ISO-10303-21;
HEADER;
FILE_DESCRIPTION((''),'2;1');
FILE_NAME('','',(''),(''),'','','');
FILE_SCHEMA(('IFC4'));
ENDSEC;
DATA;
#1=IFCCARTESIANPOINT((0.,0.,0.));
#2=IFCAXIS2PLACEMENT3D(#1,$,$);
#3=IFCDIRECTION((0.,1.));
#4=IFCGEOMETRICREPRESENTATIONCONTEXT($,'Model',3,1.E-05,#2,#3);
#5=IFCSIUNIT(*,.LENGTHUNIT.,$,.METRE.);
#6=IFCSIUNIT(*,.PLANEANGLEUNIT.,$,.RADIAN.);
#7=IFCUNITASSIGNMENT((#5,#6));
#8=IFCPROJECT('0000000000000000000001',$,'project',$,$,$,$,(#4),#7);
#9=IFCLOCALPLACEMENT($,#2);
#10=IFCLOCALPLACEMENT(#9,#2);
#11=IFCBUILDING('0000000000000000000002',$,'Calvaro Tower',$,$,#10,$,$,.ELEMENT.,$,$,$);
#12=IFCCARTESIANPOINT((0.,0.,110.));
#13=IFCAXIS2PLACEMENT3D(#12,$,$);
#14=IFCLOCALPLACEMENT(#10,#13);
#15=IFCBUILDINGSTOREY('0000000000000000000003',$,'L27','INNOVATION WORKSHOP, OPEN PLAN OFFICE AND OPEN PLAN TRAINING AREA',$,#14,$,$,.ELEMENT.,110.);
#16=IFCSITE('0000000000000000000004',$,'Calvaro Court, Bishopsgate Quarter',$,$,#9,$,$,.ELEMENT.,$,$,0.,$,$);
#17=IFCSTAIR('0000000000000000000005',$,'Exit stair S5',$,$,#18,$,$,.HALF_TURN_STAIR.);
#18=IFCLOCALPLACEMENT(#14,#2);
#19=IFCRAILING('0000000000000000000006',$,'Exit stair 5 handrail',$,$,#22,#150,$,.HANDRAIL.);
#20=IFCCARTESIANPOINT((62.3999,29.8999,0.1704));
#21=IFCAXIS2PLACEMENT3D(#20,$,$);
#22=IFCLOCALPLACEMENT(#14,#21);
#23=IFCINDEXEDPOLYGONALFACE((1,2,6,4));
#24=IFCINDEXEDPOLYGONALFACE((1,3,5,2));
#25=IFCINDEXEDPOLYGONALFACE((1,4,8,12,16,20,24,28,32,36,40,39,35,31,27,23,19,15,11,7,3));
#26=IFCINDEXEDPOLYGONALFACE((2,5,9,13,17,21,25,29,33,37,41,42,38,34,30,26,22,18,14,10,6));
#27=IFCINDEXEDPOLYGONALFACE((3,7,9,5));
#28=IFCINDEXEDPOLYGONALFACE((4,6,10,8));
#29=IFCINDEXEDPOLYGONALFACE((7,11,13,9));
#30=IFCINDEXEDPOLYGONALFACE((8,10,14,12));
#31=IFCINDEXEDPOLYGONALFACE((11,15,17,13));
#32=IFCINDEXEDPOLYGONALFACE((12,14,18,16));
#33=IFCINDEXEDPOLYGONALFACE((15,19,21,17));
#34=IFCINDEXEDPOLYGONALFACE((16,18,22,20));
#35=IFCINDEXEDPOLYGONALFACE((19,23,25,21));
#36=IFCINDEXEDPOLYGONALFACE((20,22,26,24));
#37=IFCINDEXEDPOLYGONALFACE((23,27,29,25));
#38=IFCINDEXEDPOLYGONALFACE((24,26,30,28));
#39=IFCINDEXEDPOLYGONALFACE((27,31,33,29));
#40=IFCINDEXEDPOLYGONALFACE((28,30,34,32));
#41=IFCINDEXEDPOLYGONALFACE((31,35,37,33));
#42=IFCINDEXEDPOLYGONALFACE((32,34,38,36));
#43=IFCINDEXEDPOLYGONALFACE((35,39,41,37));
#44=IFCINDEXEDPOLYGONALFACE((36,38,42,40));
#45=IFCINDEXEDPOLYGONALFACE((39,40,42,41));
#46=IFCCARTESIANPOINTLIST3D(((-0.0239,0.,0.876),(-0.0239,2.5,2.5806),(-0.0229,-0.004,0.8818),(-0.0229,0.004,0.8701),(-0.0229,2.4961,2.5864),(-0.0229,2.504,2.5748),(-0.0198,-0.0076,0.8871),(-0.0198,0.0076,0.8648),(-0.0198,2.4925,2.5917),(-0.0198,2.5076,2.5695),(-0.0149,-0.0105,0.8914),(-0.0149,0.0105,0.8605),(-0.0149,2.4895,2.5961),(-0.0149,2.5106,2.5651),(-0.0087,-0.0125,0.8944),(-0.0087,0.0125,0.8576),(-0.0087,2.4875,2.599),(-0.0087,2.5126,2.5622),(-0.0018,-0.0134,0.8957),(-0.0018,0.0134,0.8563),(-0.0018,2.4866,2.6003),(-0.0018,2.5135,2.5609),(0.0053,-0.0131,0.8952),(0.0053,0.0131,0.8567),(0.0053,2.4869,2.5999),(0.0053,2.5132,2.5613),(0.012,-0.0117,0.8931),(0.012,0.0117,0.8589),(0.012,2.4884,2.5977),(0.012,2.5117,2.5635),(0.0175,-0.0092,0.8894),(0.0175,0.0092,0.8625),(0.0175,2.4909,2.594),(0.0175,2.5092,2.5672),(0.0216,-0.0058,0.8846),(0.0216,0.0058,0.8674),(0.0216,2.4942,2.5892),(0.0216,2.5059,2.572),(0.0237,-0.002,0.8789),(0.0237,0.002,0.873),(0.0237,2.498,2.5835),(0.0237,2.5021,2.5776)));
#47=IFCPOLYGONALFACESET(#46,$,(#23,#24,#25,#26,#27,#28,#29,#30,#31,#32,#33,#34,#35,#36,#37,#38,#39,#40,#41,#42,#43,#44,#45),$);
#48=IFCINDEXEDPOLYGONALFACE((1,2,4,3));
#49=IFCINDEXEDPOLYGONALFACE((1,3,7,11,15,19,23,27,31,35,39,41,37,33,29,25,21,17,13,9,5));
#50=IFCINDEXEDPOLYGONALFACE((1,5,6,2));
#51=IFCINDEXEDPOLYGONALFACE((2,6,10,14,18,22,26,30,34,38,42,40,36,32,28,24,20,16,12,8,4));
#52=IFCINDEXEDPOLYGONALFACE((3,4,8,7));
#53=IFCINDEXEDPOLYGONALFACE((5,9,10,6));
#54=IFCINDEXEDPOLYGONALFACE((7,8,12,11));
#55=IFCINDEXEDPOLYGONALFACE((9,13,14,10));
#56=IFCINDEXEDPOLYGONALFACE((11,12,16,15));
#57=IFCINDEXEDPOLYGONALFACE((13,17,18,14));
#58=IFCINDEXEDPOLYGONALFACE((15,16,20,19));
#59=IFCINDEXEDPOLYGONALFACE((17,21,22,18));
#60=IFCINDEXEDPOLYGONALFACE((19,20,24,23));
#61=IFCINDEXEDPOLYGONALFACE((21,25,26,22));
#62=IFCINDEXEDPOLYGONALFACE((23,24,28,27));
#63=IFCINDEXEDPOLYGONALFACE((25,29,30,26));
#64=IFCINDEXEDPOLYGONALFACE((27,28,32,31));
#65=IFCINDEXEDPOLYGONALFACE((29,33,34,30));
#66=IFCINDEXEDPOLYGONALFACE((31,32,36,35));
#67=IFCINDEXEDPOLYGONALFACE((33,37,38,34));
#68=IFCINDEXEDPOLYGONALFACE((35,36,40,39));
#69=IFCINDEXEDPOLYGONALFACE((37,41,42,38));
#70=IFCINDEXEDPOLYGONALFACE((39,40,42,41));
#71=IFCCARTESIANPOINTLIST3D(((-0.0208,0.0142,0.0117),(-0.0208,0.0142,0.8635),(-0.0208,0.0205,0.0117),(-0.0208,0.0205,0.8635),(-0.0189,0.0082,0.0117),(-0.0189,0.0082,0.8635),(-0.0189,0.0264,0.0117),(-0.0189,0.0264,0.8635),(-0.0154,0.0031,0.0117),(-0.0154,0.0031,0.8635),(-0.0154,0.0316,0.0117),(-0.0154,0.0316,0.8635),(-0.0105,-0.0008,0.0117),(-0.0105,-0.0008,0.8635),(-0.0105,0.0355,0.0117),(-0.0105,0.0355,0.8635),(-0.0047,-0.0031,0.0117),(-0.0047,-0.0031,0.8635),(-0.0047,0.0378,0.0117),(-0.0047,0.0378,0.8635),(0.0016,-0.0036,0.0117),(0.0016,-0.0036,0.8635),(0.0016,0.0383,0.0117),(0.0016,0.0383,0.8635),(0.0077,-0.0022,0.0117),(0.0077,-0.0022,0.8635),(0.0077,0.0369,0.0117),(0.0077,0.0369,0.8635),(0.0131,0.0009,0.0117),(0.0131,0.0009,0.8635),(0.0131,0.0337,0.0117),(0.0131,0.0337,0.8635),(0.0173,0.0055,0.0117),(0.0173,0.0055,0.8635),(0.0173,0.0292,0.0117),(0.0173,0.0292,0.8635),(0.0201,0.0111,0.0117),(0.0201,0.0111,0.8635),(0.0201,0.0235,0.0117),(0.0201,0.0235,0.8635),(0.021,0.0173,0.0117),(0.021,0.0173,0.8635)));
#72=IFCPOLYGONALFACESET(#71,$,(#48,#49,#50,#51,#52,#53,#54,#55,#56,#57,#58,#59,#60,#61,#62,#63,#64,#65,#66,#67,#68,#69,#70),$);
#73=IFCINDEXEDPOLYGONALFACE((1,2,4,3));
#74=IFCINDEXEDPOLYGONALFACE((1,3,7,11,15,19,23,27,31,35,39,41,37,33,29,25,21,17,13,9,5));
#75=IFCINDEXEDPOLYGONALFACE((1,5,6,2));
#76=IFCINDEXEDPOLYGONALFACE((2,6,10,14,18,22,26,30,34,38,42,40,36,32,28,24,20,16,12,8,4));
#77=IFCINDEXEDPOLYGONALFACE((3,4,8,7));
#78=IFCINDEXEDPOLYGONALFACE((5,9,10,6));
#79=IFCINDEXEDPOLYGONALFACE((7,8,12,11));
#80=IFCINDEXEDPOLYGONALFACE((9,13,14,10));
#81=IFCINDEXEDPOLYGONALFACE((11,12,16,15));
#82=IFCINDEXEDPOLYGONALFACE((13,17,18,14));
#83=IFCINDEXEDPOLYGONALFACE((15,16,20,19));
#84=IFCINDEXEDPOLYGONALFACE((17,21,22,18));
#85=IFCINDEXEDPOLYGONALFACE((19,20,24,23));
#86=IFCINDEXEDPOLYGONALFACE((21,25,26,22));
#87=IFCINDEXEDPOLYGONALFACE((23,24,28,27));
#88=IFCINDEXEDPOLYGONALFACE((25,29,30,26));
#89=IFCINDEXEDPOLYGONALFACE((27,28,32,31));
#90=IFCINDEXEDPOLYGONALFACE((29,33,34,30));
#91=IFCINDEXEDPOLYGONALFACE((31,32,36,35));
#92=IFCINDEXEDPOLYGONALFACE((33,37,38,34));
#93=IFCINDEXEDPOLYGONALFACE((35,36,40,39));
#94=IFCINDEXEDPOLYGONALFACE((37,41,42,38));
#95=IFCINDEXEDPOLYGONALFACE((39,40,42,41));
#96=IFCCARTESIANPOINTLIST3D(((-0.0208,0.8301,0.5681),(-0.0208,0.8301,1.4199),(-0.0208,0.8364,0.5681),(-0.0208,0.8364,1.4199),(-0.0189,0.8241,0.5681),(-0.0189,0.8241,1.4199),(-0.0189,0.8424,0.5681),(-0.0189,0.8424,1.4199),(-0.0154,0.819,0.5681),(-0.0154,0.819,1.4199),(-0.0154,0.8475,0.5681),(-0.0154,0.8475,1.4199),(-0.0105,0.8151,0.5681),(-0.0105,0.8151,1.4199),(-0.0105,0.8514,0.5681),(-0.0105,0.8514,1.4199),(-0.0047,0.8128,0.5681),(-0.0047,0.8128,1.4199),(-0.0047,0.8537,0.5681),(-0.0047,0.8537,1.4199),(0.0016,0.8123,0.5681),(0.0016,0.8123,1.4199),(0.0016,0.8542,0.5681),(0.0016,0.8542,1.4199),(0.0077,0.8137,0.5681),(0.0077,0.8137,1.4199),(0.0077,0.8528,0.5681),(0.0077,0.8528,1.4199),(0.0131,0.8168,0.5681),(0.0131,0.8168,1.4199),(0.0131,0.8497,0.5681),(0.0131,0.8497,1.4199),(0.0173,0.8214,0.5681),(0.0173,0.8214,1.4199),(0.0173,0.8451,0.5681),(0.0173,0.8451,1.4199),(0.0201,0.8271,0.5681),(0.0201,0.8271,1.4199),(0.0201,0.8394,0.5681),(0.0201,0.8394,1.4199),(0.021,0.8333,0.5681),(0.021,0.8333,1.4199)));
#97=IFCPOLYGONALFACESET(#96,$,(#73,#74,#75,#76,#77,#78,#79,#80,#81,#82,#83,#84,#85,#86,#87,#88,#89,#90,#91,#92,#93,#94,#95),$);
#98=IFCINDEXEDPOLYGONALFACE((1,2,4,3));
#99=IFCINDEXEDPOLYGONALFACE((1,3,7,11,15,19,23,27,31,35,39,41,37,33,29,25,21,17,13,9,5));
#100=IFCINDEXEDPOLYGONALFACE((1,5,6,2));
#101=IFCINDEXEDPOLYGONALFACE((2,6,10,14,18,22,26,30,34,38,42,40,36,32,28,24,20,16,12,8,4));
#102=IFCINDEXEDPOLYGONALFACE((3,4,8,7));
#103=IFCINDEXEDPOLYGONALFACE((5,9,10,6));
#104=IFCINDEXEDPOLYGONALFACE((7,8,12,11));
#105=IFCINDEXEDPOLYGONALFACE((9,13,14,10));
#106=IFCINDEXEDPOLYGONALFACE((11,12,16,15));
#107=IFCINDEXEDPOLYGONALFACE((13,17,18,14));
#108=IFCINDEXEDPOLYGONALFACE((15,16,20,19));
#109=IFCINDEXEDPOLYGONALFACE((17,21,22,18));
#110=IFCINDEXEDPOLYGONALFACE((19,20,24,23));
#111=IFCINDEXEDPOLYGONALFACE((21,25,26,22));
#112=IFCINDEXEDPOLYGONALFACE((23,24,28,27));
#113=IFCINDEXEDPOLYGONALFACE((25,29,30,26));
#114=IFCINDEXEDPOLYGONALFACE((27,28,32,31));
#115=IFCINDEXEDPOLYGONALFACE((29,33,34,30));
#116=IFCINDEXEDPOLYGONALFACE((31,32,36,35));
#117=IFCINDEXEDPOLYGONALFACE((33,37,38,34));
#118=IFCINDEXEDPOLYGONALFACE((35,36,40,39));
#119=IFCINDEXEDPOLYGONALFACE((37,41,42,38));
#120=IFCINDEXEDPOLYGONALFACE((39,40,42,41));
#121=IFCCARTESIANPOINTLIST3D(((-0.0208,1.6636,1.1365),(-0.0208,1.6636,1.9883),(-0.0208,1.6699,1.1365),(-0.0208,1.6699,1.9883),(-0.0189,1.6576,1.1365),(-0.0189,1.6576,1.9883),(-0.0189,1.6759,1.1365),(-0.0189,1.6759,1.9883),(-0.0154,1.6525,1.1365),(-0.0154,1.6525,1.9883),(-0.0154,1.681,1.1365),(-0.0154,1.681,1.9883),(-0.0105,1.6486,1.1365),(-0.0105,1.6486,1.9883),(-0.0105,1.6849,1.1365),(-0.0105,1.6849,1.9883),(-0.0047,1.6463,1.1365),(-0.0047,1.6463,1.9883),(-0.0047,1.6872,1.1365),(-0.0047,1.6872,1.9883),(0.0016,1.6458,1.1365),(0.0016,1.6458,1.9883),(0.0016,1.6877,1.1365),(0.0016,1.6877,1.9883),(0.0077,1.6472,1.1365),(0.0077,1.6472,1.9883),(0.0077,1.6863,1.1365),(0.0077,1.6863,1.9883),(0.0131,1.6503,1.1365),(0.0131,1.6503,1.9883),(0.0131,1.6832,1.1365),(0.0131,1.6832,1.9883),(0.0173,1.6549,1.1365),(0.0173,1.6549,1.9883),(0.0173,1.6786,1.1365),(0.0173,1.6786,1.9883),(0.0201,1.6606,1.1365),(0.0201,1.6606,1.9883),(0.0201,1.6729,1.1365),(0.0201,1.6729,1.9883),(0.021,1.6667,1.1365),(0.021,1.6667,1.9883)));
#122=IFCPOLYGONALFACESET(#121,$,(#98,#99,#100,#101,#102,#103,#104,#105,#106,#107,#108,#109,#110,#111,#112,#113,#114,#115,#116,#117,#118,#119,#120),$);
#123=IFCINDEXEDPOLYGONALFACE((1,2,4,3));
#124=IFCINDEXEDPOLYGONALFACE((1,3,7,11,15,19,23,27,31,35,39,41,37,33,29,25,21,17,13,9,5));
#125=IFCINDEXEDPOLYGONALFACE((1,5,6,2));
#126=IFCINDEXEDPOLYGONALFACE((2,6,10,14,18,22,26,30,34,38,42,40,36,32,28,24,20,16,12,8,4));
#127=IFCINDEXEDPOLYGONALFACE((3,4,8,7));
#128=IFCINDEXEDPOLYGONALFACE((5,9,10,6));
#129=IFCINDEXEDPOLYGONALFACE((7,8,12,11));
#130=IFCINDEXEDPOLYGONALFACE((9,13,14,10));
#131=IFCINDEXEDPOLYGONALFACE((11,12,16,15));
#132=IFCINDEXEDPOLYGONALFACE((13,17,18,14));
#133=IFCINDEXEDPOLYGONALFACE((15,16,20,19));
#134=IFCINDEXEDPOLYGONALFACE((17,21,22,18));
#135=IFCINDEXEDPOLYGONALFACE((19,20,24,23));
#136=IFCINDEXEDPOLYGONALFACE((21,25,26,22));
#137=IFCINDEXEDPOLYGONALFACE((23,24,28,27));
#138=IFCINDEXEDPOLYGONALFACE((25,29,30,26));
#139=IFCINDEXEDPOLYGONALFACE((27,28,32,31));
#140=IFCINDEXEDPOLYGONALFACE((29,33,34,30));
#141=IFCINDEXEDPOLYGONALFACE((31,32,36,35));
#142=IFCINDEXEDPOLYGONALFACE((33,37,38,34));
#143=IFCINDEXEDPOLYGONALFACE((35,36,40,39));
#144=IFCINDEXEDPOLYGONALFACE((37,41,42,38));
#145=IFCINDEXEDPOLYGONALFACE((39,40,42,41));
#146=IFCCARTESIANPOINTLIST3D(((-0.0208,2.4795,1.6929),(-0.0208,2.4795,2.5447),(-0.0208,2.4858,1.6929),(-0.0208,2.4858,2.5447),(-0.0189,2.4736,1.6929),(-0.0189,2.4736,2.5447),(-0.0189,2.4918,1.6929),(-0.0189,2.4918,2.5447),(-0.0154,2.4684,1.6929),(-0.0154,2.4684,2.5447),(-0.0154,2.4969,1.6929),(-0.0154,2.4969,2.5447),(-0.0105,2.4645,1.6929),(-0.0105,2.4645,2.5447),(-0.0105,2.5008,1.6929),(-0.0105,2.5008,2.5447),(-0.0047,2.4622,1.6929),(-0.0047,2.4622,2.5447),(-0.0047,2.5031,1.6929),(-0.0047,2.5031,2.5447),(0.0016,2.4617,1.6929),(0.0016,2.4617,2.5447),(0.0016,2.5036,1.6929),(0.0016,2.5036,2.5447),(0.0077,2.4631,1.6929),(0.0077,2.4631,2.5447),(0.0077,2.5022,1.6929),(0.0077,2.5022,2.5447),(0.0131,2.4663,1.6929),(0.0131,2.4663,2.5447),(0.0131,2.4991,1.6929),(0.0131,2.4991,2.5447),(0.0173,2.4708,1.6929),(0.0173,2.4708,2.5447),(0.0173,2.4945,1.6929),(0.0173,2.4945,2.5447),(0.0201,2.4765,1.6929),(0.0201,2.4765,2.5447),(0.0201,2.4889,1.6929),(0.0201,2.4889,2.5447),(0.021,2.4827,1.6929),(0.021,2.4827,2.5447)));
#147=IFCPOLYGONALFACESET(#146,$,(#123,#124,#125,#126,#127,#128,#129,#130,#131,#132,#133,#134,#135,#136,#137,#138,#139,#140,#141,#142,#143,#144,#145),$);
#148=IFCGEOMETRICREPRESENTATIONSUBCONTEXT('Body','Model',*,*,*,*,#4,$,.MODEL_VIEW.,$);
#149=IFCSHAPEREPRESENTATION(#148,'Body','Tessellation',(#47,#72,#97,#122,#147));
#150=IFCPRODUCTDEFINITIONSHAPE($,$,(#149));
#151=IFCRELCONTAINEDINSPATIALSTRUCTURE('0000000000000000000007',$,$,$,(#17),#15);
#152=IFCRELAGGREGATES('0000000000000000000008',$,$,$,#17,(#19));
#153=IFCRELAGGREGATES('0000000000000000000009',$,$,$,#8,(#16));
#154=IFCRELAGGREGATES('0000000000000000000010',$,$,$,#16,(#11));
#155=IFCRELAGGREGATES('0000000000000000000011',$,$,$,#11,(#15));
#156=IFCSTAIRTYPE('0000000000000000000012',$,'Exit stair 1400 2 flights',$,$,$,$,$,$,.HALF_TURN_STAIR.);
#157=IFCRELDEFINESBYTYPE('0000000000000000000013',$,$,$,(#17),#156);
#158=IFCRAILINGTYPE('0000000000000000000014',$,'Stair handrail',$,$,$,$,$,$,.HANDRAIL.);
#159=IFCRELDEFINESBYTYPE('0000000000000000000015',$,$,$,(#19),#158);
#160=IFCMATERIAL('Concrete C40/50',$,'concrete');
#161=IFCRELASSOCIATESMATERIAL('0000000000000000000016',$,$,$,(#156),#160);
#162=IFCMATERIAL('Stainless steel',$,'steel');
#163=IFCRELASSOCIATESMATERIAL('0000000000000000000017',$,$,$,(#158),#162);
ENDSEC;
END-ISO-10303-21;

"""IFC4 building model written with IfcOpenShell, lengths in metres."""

from ifc_helpers import new_model, si_unit, direction, frame, origin, origin_2d, place, context, subcontext, project, spatial, circle, extrude, material, type_object, element, aggregate, save


model = new_model("IFC4")

# Units and contexts
model_context = context("Model", 3, precision=1e-05, world=origin(), true_north=direction((0.0, 1.0)))
body_context = subcontext(model_context, "Body", "Model", "MODEL_VIEW")
ifc_project = project(units=[si_unit("LENGTHUNIT", "METRE"), si_unit("PLANEANGLEUNIT", "RADIAN")], contexts=[model_context])

# Site, building, storey
site_placement = place(None, origin())
site = spatial("IfcSite", under=ifc_project, at=site_placement, Name="Calvaro Court, Bishopsgate Quarter", CompositionType="ELEMENT", RefElevation=0.0)
building_placement = place(site_placement, origin())
building = spatial("IfcBuilding", under=site, at=building_placement, Name="Calvaro Tower", CompositionType="ELEMENT")
storey_placement = place(building_placement, frame((0.0, 0.0, 110.0)))
storey = spatial("IfcBuildingStorey", under=building, at=storey_placement, Name="L27", Description="INNOVATION WORKSHOP, OPEN PLAN OFFICE AND OPEN PLAN TRAINING AREA", CompositionType="ELEMENT", Elevation=110.0)

# Stair
ifc_material_1 = material(Name="Concrete C40/50", Category="concrete")
stair_type = type_object("IfcStairType", Name="Exit stair 1400 2 flights", PredefinedType="HALF_TURN_STAIR", material=ifc_material_1)
stair_1_placement = place(storey_placement, origin())
stair_1 = element("IfcStair", 1, at=stair_1_placement, inside=storey, type_object=stair_type, Name="Exit stair S5", PredefinedType="HALF_TURN_STAIR")

# Railing
ifc_material_2 = material(Name="Stainless steel", Category="steel")
railing_type = type_object("IfcRailingType", Name="Stair handrail", PredefinedType="HANDRAIL", material=ifc_material_2)
railing_1_placement = place(storey_placement, frame((62.3999, 29.8999, 0.1704)))
railing_1 = element("IfcRailing", 2, at=railing_1_placement, type_object=railing_type, Name="Exit stair 5 handrail", PredefinedType="HANDRAIL", context=body_context, shape_type="SweptSolid", body=[
    extrude(circle(Radius=0.0239, at=origin_2d()), frame((0.0, 0.0, 0.876), z_axis=(0.0, 0.826221, 0.563347), x_axis=(-1.0, 0.0, 0.0)), (0.0, 0.0, 1.0), 3.0259),
    extrude(circle(Radius=0.021, at=origin_2d()), frame((0.0, 0.0173, 0.0117)), (0.0, 0.0, 1.0), 0.8518),
    extrude(circle(Radius=0.021, at=origin_2d()), frame((0.0, 0.8333, 0.5681)), (0.0, 0.0, 1.0), 0.8518),
    extrude(circle(Radius=0.021, at=origin_2d()), frame((0.0, 1.6667, 1.1365)), (0.0, 0.0, 1.0), 0.8518),
    extrude(circle(Radius=0.021, at=origin_2d()), frame((0.0, 2.4827, 1.6929)), (0.0, 0.0, 1.0), 0.8518),
])
aggregate(stair_1, [railing_1])

save(model, "model.ifc")
